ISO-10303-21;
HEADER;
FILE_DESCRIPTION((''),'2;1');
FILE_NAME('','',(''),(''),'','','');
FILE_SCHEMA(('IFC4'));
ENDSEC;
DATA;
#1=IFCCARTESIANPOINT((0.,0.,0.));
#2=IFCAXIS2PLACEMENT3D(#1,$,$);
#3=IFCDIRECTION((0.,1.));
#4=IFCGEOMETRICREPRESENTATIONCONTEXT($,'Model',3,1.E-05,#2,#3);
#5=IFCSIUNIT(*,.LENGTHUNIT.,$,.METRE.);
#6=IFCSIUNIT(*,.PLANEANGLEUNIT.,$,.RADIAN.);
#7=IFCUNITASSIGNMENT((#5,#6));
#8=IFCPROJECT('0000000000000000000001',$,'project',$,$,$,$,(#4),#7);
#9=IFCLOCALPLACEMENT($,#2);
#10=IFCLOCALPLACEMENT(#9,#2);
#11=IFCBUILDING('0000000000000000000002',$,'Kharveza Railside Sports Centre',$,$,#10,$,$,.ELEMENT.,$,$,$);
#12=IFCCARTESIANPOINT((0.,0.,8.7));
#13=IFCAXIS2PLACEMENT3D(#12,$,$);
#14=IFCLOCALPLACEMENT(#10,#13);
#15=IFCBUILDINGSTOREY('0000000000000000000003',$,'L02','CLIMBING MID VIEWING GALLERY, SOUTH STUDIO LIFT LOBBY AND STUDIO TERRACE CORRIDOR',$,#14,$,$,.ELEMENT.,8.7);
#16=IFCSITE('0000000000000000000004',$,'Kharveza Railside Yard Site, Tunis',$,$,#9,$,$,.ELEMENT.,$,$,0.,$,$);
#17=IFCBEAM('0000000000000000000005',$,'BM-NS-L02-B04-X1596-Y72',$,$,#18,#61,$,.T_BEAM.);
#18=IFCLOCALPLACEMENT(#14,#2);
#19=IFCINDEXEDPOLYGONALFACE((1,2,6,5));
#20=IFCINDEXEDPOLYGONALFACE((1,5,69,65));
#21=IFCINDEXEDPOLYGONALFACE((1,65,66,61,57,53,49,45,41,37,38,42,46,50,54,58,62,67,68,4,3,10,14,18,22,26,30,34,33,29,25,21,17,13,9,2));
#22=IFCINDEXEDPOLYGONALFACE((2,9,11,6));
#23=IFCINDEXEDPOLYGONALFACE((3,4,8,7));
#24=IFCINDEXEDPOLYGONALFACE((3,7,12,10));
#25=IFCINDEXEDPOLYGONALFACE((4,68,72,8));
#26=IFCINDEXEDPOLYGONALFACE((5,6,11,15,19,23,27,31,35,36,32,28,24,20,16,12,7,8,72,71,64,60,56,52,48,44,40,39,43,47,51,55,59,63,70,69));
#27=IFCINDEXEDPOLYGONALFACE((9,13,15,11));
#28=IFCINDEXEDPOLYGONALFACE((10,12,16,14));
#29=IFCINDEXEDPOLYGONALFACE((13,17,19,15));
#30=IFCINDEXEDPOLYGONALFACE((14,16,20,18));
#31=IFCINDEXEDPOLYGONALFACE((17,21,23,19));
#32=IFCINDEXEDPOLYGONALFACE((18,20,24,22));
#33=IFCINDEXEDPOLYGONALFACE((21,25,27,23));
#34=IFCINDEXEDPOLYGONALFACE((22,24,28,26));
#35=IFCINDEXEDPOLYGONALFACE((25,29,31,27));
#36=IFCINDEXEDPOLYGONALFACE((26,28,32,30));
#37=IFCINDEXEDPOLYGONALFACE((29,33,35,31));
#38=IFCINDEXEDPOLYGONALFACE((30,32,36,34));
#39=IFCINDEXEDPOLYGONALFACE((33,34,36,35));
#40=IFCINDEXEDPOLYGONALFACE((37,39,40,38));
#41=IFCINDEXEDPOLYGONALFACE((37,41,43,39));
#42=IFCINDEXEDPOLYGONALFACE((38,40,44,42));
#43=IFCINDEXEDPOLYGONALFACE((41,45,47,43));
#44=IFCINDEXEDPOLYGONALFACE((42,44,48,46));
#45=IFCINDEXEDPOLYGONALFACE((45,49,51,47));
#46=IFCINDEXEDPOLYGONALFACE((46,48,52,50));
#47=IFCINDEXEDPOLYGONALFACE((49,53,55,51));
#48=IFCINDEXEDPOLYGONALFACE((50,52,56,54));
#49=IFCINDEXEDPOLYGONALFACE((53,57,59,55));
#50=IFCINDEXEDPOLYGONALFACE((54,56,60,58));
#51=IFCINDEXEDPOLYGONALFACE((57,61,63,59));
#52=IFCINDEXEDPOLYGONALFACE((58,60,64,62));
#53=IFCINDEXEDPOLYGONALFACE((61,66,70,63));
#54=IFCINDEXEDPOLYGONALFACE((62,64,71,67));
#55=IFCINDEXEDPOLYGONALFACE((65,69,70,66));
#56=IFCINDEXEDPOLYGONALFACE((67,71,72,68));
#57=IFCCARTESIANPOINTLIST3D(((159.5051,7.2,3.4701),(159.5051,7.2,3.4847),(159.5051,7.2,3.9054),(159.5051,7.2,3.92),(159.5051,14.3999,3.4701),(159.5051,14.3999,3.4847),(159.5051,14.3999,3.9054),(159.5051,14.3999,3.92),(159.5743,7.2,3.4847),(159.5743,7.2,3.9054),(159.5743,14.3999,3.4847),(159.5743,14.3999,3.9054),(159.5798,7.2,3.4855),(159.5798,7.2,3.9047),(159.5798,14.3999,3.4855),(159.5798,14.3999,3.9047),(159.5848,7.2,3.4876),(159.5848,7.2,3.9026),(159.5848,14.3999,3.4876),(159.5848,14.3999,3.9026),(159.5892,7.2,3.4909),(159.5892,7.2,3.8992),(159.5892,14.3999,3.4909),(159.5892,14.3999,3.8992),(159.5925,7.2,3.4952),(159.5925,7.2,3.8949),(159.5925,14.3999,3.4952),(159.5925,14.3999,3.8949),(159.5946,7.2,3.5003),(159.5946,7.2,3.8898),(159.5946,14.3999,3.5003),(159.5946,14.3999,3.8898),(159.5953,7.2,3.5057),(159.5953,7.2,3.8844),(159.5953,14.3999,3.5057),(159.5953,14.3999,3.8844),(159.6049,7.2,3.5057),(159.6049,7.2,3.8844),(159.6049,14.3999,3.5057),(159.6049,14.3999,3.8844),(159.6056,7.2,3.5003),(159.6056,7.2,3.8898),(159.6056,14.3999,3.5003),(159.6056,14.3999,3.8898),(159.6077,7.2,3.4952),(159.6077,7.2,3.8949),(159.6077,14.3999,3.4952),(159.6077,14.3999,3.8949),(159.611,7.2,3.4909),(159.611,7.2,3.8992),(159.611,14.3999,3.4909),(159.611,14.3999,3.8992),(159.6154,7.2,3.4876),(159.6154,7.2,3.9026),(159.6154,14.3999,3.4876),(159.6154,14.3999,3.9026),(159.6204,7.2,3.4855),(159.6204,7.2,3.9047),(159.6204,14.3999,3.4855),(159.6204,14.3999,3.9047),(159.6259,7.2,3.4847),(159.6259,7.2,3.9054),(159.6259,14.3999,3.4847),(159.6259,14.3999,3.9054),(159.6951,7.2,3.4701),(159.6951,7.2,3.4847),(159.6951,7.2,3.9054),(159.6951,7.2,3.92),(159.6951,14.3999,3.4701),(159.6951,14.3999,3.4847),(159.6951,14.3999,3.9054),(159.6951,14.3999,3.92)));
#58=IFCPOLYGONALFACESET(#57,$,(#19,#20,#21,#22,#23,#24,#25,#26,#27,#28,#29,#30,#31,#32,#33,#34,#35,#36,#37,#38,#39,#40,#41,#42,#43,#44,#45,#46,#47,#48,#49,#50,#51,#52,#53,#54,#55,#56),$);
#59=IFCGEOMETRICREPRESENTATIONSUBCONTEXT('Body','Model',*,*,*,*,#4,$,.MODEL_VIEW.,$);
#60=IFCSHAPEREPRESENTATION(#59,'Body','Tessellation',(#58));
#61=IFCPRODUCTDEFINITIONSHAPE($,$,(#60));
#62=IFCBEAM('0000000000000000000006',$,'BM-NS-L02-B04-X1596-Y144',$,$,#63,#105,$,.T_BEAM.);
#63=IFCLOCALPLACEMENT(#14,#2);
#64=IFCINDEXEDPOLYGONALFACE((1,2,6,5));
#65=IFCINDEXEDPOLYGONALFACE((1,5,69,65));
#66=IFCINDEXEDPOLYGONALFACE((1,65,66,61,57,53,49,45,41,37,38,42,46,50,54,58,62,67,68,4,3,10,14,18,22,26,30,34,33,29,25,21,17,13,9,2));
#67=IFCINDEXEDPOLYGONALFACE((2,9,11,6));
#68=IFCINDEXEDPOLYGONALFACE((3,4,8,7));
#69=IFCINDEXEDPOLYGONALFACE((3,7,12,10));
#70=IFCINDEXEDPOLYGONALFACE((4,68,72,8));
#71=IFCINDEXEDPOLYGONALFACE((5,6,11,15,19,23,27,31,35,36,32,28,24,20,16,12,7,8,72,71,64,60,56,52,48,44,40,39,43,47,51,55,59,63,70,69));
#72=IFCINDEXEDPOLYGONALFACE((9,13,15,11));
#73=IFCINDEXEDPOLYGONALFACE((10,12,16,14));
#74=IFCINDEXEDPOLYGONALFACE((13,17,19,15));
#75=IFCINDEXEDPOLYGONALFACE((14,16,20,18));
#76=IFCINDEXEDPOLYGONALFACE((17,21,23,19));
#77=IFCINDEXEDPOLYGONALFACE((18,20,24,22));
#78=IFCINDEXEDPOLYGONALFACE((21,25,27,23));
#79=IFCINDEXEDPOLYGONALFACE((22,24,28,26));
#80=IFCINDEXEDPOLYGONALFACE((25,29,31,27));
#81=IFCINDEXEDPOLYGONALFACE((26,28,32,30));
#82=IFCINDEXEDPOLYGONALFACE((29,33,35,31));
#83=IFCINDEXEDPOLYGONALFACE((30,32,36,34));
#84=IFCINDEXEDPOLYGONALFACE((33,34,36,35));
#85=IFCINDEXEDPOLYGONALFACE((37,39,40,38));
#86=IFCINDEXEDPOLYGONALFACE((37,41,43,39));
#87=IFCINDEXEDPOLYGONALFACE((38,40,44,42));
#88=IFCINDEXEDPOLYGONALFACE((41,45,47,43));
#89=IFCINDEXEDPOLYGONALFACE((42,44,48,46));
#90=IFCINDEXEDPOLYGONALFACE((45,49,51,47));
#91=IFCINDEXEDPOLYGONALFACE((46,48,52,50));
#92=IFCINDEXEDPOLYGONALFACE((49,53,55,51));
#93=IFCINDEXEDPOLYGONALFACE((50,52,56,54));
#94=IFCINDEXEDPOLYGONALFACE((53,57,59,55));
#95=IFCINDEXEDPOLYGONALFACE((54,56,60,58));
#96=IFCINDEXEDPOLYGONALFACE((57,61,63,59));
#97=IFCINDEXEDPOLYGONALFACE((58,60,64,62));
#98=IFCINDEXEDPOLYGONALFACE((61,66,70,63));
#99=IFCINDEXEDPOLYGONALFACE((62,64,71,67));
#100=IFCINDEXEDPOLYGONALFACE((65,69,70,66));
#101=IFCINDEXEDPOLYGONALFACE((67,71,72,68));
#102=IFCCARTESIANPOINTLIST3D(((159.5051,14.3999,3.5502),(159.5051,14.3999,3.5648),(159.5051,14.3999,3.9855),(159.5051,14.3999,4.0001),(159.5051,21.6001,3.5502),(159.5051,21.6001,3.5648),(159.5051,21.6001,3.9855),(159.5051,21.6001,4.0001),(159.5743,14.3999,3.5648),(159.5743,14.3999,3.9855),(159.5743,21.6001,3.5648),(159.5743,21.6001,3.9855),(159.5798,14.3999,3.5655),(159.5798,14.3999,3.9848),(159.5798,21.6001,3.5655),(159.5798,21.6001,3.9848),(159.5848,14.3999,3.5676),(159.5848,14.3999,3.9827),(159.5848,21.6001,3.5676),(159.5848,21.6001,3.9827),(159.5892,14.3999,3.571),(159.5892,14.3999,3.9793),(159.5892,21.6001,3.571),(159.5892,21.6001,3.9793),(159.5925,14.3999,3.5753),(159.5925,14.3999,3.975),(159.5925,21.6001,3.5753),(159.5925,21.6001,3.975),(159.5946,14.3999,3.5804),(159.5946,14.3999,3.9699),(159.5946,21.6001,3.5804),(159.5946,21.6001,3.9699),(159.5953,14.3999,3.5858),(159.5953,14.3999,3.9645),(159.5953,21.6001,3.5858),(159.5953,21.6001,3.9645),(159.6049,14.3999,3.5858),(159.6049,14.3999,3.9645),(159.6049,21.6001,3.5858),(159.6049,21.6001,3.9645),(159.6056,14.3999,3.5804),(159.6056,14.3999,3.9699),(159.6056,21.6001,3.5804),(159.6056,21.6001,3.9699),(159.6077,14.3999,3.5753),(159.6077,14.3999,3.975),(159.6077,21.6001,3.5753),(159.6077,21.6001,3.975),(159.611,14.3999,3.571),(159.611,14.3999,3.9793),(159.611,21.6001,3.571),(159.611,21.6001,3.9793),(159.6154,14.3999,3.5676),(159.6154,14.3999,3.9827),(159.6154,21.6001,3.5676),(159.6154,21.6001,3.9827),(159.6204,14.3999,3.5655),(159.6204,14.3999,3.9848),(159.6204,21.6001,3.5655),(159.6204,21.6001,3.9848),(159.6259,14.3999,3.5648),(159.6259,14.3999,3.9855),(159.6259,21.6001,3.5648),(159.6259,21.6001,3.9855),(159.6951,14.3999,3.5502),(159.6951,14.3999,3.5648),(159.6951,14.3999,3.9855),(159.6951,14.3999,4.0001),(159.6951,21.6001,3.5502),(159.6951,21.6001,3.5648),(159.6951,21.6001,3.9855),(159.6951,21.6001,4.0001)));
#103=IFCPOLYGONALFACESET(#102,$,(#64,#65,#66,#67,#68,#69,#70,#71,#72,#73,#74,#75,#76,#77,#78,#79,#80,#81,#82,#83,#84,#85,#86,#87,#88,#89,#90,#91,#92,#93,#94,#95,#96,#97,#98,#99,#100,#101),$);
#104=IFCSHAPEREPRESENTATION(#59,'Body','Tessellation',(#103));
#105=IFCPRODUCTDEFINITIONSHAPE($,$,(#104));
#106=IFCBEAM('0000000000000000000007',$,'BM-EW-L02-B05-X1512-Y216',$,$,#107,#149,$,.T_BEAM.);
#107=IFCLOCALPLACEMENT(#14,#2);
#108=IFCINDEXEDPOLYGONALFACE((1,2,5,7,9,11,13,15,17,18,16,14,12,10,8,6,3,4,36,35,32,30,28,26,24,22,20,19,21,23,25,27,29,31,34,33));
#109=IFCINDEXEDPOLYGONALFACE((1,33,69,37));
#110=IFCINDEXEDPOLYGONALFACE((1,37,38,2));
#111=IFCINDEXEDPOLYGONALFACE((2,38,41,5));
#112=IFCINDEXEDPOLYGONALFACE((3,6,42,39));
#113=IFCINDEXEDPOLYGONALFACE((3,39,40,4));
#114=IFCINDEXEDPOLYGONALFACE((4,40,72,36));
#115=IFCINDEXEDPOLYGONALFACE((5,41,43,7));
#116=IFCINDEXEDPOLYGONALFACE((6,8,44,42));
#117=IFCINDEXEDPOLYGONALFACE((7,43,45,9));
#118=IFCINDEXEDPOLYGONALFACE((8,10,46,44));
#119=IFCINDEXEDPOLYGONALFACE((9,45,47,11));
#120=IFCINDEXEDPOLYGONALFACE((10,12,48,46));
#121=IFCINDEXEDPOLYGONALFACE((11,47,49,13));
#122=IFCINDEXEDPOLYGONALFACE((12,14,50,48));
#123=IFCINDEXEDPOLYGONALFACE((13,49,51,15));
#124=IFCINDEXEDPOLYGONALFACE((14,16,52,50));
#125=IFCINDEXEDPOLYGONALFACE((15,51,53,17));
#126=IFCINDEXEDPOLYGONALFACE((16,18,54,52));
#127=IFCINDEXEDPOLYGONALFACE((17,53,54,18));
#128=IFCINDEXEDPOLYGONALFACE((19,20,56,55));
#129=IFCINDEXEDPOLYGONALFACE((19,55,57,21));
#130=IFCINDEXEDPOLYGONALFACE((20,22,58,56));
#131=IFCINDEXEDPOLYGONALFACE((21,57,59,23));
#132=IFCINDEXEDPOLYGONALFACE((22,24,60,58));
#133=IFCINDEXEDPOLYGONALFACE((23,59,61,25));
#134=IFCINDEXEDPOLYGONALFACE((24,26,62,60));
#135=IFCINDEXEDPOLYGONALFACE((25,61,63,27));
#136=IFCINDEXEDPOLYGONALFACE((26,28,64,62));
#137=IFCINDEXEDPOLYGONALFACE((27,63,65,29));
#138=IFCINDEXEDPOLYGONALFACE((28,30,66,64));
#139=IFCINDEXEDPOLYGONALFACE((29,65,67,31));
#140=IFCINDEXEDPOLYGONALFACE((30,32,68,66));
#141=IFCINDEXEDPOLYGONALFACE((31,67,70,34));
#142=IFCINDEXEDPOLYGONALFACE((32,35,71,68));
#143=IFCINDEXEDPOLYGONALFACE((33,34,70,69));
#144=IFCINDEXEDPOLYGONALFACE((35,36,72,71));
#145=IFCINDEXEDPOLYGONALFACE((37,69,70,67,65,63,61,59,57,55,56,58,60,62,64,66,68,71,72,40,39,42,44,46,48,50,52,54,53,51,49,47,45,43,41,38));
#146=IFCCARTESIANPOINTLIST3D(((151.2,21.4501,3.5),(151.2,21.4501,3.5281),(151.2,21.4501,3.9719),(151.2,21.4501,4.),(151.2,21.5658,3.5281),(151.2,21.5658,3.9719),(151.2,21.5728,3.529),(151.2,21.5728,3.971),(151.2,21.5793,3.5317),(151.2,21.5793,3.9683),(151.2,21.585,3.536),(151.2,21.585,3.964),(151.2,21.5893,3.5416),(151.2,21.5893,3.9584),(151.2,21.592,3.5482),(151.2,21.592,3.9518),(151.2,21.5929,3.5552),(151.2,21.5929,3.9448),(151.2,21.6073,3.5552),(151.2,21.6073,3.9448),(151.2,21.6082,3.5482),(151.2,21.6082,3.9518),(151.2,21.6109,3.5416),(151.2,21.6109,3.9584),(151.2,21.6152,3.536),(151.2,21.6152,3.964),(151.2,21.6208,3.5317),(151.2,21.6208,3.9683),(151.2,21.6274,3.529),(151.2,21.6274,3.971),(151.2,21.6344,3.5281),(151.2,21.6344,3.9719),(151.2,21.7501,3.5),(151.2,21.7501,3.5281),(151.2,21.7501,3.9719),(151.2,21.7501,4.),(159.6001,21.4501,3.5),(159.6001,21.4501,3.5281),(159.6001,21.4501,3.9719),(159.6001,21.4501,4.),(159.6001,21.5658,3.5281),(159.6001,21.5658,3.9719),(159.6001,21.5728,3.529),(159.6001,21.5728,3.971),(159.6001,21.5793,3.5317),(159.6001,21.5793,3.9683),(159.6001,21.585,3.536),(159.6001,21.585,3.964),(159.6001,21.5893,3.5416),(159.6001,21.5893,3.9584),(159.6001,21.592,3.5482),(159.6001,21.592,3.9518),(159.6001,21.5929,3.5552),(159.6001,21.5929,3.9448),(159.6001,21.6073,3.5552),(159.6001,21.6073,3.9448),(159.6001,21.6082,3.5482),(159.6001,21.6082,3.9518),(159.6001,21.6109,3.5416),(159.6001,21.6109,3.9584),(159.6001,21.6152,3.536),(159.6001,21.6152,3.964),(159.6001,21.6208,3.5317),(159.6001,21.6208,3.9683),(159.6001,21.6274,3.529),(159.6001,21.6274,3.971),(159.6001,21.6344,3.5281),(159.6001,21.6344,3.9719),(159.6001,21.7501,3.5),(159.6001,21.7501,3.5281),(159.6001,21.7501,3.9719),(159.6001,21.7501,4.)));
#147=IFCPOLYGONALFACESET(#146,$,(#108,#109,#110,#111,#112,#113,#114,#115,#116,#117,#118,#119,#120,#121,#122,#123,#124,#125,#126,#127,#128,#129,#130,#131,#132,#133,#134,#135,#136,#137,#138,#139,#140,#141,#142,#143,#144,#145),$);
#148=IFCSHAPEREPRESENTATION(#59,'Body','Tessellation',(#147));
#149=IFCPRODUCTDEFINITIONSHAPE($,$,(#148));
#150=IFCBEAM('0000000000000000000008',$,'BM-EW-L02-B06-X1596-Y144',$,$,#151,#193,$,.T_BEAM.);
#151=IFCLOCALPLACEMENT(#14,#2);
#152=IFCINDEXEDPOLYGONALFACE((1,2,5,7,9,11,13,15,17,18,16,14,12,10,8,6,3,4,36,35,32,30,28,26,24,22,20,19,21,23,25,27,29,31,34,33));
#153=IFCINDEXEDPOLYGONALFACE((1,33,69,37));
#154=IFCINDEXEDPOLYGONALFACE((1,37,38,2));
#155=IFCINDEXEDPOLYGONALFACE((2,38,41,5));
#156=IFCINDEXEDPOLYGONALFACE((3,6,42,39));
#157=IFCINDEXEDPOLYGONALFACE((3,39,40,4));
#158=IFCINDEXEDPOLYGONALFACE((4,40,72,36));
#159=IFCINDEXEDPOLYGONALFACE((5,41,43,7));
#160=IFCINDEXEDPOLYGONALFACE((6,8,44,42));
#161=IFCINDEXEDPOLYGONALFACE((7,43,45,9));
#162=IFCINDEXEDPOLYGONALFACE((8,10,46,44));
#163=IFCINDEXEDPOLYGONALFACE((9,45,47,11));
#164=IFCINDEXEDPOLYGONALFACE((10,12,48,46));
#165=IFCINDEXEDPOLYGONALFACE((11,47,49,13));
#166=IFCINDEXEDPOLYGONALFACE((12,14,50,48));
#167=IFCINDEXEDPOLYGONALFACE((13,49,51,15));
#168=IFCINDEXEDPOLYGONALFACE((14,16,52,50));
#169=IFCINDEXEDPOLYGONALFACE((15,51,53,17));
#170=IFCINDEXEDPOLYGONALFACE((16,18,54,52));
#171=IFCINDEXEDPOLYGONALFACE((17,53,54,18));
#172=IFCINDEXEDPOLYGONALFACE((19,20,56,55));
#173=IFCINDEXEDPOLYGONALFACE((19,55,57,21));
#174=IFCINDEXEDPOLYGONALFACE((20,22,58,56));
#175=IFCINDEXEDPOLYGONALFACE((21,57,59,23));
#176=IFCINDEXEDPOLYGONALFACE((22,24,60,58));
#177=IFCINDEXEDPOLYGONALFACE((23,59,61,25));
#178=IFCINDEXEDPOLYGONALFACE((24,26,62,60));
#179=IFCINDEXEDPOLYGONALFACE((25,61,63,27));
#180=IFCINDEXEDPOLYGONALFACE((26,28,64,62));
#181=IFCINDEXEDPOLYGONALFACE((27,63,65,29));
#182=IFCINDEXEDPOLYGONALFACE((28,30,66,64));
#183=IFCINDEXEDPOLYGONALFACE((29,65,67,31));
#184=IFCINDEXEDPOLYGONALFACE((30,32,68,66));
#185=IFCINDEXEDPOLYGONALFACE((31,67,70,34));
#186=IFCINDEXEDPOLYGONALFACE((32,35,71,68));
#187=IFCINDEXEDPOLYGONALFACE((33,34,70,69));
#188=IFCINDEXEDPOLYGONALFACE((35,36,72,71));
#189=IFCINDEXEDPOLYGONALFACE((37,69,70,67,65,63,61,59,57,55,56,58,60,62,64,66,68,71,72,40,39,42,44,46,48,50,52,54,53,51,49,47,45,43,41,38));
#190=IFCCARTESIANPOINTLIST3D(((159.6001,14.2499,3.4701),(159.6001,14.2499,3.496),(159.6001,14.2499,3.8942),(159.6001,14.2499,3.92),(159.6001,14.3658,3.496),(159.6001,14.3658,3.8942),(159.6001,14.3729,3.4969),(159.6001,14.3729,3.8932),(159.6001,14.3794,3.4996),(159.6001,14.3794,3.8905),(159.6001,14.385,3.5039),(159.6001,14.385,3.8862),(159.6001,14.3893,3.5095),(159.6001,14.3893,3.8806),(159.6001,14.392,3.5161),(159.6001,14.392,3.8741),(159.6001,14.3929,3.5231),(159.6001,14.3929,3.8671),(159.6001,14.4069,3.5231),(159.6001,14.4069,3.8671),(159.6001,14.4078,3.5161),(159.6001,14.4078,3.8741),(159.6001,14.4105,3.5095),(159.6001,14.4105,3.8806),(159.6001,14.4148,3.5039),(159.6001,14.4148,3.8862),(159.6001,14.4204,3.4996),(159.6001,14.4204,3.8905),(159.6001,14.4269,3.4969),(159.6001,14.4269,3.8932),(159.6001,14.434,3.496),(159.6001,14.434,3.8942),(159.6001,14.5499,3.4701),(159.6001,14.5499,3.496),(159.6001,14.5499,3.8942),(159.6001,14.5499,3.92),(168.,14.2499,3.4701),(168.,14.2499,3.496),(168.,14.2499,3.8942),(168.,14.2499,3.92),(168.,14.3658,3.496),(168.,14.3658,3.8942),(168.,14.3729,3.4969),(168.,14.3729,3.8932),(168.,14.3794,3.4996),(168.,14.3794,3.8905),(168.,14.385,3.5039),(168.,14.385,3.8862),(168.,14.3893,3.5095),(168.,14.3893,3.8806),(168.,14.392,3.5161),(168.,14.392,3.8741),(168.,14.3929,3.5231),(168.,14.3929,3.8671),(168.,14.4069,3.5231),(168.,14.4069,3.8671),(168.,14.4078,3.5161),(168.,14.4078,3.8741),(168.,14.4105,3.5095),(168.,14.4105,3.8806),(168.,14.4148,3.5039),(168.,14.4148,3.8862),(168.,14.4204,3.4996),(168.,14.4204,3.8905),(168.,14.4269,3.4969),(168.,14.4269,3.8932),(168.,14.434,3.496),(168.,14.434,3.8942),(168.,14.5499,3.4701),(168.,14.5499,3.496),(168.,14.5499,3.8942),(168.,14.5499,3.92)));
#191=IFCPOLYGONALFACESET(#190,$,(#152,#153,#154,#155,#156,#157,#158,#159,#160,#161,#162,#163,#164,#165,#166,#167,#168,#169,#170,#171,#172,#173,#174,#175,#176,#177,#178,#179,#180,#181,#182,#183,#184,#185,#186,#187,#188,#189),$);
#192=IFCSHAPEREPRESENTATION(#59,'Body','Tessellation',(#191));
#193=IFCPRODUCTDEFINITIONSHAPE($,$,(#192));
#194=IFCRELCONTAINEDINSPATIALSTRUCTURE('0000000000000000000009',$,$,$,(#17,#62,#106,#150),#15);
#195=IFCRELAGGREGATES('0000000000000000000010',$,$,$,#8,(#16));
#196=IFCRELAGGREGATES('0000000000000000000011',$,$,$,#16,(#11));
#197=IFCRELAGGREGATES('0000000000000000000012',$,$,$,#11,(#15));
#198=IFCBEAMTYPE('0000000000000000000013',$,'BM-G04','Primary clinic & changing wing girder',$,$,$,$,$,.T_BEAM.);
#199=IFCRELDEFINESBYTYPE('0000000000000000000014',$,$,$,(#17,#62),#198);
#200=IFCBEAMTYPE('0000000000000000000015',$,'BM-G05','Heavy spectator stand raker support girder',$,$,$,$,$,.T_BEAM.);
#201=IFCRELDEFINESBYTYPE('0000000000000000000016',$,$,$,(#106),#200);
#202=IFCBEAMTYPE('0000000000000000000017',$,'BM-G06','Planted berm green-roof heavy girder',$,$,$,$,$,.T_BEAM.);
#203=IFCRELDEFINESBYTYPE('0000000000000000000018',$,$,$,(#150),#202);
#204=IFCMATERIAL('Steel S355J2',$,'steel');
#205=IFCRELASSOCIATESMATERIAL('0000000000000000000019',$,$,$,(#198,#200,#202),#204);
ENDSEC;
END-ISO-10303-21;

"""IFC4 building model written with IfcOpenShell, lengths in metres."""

from ifc_helpers import new_model, si_unit, direction, frame, origin, origin_2d, place, context, subcontext, project, spatial, i_section, extrude, material, material_profile, profile_set, type_object, element, save


model = new_model("IFC4")

# Units and contexts
model_context = context("Model", 3, precision=1e-05, world=origin(), true_north=direction((0.0, 1.0)))
body_context = subcontext(model_context, "Body", "Model", "MODEL_VIEW")
ifc_project = project(units=[si_unit("LENGTHUNIT", "METRE"), si_unit("PLANEANGLEUNIT", "RADIAN")], contexts=[model_context])

# Site, building, storey
site_placement = place(None, origin())
site = spatial("IfcSite", under=ifc_project, at=site_placement, Name="Kharveza Railside Yard Site, Tunis", CompositionType="ELEMENT", RefElevation=0.0)
building_placement = place(site_placement, origin())
building = spatial("IfcBuilding", under=site, at=building_placement, Name="Kharveza Railside Sports Centre", CompositionType="ELEMENT")
storey_placement = place(building_placement, frame((0.0, 0.0, 8.7)))
storey = spatial("IfcBuildingStorey", under=building, at=storey_placement, Name="L02", Description="CLIMBING MID VIEWING GALLERY, SOUTH STUDIO LIFT LOBBY AND STUDIO TERRACE CORRIDOR", CompositionType="ELEMENT", Elevation=8.7)

# Shared definitions
ifc_material_1 = material(Name="Steel S355J2", Category="steel")

# Beams
ifc_material_profile_1 = material_profile(ifc_material_1, i_section(OverallWidth=0.1899, OverallDepth=0.45, WebThickness=0.0095, FlangeThickness=0.0146, FilletRadius=0.021, at=origin_2d()), Name="IPE 450")
ifc_profile_set_1 = profile_set([ifc_material_profile_1], Name="Steel S355J2")
beam_type_1 = type_object("IfcBeamType", Name="BM-G04", Description="Primary clinic & changing wing girder", PredefinedType="T_BEAM", material=ifc_profile_set_1)
beam_1_placement = place(storey_placement, frame((159.6001, 7.2, 3.6951), z_axis=(0.0, 1.0, 0.0), x_axis=(-1.0, 0.0, 0.0)))
element("IfcBeam", 1, at=beam_1_placement, inside=storey, type_object=beam_type_1, Name="BM-NS-L02-B04-X1596-Y72", PredefinedType="T_BEAM", context=body_context, shape_type="SweptSolid", body=[
    extrude(i_section(OverallWidth=0.1899, OverallDepth=0.45, WebThickness=0.0095, FlangeThickness=0.0146, FilletRadius=0.021, at=origin_2d()), origin(), (0.0, 0.0, 1.0), 7.2),
])
beam_2_placement = place(storey_placement, frame((159.6001, 14.3999, 3.7751), z_axis=(0.0, 1.0, 0.0), x_axis=(-1.0, 0.0, 0.0)))
element("IfcBeam", 2, at=beam_2_placement, inside=storey, type_object=beam_type_1, Name="BM-NS-L02-B04-X1596-Y144", PredefinedType="T_BEAM", context=body_context, shape_type="SweptSolid", body=[
    extrude(i_section(OverallWidth=0.1899, OverallDepth=0.45, WebThickness=0.0095, FlangeThickness=0.0146, FilletRadius=0.021, at=origin_2d()), origin(), (0.0, 0.0, 1.0), 7.2002),
])
ifc_material_profile_2 = material_profile(ifc_material_1, i_section(OverallWidth=0.3, OverallDepth=0.5, WebThickness=0.0144, FlangeThickness=0.0281, FilletRadius=0.0271, at=origin_2d()), Name="HEB 500")
ifc_profile_set_2 = profile_set([ifc_material_profile_2], Name="Steel S355J2")
beam_type_2 = type_object("IfcBeamType", Name="BM-G05", Description="Heavy spectator stand raker support girder", PredefinedType="T_BEAM", material=ifc_profile_set_2)
beam_3_placement = place(storey_placement, frame((151.2, 21.6001, 3.75), z_axis=(1.0, 0.0, 0.0), x_axis=(0.0, 1.0, 0.0)))
element("IfcBeam", 3, at=beam_3_placement, inside=storey, type_object=beam_type_2, Name="BM-EW-L02-B05-X1512-Y216", PredefinedType="T_BEAM", context=body_context, shape_type="SweptSolid", body=[
    extrude(i_section(OverallWidth=0.3, OverallDepth=0.5, WebThickness=0.0144, FlangeThickness=0.0281, FilletRadius=0.0271, at=origin_2d()), origin(), (0.0, 0.0, 1.0), 8.4001),
])
ifc_material_profile_3 = material_profile(ifc_material_1, i_section(OverallWidth=0.3, OverallDepth=0.45, WebThickness=0.0139, FlangeThickness=0.0259, FilletRadius=0.0271, at=origin_2d()), Name="HEB 450")
ifc_profile_set_3 = profile_set([ifc_material_profile_3], Name="Steel S355J2")
beam_type_3 = type_object("IfcBeamType", Name="BM-G06", Description="Planted berm green-roof heavy girder", PredefinedType="T_BEAM", material=ifc_profile_set_3)
beam_4_placement = place(storey_placement, frame((159.6001, 14.3999, 3.6951), z_axis=(1.0, 0.0, 0.0), x_axis=(0.0, 1.0, 0.0)))
element("IfcBeam", 4, at=beam_4_placement, inside=storey, type_object=beam_type_3, Name="BM-EW-L02-B06-X1596-Y144", PredefinedType="T_BEAM", context=body_context, shape_type="SweptSolid", body=[
    extrude(i_section(OverallWidth=0.3, OverallDepth=0.45, WebThickness=0.0139, FlangeThickness=0.0259, FilletRadius=0.0271, at=origin_2d()), origin(), (0.0, 0.0, 1.0), 8.3999),
])

save(model, "model.ifc")
